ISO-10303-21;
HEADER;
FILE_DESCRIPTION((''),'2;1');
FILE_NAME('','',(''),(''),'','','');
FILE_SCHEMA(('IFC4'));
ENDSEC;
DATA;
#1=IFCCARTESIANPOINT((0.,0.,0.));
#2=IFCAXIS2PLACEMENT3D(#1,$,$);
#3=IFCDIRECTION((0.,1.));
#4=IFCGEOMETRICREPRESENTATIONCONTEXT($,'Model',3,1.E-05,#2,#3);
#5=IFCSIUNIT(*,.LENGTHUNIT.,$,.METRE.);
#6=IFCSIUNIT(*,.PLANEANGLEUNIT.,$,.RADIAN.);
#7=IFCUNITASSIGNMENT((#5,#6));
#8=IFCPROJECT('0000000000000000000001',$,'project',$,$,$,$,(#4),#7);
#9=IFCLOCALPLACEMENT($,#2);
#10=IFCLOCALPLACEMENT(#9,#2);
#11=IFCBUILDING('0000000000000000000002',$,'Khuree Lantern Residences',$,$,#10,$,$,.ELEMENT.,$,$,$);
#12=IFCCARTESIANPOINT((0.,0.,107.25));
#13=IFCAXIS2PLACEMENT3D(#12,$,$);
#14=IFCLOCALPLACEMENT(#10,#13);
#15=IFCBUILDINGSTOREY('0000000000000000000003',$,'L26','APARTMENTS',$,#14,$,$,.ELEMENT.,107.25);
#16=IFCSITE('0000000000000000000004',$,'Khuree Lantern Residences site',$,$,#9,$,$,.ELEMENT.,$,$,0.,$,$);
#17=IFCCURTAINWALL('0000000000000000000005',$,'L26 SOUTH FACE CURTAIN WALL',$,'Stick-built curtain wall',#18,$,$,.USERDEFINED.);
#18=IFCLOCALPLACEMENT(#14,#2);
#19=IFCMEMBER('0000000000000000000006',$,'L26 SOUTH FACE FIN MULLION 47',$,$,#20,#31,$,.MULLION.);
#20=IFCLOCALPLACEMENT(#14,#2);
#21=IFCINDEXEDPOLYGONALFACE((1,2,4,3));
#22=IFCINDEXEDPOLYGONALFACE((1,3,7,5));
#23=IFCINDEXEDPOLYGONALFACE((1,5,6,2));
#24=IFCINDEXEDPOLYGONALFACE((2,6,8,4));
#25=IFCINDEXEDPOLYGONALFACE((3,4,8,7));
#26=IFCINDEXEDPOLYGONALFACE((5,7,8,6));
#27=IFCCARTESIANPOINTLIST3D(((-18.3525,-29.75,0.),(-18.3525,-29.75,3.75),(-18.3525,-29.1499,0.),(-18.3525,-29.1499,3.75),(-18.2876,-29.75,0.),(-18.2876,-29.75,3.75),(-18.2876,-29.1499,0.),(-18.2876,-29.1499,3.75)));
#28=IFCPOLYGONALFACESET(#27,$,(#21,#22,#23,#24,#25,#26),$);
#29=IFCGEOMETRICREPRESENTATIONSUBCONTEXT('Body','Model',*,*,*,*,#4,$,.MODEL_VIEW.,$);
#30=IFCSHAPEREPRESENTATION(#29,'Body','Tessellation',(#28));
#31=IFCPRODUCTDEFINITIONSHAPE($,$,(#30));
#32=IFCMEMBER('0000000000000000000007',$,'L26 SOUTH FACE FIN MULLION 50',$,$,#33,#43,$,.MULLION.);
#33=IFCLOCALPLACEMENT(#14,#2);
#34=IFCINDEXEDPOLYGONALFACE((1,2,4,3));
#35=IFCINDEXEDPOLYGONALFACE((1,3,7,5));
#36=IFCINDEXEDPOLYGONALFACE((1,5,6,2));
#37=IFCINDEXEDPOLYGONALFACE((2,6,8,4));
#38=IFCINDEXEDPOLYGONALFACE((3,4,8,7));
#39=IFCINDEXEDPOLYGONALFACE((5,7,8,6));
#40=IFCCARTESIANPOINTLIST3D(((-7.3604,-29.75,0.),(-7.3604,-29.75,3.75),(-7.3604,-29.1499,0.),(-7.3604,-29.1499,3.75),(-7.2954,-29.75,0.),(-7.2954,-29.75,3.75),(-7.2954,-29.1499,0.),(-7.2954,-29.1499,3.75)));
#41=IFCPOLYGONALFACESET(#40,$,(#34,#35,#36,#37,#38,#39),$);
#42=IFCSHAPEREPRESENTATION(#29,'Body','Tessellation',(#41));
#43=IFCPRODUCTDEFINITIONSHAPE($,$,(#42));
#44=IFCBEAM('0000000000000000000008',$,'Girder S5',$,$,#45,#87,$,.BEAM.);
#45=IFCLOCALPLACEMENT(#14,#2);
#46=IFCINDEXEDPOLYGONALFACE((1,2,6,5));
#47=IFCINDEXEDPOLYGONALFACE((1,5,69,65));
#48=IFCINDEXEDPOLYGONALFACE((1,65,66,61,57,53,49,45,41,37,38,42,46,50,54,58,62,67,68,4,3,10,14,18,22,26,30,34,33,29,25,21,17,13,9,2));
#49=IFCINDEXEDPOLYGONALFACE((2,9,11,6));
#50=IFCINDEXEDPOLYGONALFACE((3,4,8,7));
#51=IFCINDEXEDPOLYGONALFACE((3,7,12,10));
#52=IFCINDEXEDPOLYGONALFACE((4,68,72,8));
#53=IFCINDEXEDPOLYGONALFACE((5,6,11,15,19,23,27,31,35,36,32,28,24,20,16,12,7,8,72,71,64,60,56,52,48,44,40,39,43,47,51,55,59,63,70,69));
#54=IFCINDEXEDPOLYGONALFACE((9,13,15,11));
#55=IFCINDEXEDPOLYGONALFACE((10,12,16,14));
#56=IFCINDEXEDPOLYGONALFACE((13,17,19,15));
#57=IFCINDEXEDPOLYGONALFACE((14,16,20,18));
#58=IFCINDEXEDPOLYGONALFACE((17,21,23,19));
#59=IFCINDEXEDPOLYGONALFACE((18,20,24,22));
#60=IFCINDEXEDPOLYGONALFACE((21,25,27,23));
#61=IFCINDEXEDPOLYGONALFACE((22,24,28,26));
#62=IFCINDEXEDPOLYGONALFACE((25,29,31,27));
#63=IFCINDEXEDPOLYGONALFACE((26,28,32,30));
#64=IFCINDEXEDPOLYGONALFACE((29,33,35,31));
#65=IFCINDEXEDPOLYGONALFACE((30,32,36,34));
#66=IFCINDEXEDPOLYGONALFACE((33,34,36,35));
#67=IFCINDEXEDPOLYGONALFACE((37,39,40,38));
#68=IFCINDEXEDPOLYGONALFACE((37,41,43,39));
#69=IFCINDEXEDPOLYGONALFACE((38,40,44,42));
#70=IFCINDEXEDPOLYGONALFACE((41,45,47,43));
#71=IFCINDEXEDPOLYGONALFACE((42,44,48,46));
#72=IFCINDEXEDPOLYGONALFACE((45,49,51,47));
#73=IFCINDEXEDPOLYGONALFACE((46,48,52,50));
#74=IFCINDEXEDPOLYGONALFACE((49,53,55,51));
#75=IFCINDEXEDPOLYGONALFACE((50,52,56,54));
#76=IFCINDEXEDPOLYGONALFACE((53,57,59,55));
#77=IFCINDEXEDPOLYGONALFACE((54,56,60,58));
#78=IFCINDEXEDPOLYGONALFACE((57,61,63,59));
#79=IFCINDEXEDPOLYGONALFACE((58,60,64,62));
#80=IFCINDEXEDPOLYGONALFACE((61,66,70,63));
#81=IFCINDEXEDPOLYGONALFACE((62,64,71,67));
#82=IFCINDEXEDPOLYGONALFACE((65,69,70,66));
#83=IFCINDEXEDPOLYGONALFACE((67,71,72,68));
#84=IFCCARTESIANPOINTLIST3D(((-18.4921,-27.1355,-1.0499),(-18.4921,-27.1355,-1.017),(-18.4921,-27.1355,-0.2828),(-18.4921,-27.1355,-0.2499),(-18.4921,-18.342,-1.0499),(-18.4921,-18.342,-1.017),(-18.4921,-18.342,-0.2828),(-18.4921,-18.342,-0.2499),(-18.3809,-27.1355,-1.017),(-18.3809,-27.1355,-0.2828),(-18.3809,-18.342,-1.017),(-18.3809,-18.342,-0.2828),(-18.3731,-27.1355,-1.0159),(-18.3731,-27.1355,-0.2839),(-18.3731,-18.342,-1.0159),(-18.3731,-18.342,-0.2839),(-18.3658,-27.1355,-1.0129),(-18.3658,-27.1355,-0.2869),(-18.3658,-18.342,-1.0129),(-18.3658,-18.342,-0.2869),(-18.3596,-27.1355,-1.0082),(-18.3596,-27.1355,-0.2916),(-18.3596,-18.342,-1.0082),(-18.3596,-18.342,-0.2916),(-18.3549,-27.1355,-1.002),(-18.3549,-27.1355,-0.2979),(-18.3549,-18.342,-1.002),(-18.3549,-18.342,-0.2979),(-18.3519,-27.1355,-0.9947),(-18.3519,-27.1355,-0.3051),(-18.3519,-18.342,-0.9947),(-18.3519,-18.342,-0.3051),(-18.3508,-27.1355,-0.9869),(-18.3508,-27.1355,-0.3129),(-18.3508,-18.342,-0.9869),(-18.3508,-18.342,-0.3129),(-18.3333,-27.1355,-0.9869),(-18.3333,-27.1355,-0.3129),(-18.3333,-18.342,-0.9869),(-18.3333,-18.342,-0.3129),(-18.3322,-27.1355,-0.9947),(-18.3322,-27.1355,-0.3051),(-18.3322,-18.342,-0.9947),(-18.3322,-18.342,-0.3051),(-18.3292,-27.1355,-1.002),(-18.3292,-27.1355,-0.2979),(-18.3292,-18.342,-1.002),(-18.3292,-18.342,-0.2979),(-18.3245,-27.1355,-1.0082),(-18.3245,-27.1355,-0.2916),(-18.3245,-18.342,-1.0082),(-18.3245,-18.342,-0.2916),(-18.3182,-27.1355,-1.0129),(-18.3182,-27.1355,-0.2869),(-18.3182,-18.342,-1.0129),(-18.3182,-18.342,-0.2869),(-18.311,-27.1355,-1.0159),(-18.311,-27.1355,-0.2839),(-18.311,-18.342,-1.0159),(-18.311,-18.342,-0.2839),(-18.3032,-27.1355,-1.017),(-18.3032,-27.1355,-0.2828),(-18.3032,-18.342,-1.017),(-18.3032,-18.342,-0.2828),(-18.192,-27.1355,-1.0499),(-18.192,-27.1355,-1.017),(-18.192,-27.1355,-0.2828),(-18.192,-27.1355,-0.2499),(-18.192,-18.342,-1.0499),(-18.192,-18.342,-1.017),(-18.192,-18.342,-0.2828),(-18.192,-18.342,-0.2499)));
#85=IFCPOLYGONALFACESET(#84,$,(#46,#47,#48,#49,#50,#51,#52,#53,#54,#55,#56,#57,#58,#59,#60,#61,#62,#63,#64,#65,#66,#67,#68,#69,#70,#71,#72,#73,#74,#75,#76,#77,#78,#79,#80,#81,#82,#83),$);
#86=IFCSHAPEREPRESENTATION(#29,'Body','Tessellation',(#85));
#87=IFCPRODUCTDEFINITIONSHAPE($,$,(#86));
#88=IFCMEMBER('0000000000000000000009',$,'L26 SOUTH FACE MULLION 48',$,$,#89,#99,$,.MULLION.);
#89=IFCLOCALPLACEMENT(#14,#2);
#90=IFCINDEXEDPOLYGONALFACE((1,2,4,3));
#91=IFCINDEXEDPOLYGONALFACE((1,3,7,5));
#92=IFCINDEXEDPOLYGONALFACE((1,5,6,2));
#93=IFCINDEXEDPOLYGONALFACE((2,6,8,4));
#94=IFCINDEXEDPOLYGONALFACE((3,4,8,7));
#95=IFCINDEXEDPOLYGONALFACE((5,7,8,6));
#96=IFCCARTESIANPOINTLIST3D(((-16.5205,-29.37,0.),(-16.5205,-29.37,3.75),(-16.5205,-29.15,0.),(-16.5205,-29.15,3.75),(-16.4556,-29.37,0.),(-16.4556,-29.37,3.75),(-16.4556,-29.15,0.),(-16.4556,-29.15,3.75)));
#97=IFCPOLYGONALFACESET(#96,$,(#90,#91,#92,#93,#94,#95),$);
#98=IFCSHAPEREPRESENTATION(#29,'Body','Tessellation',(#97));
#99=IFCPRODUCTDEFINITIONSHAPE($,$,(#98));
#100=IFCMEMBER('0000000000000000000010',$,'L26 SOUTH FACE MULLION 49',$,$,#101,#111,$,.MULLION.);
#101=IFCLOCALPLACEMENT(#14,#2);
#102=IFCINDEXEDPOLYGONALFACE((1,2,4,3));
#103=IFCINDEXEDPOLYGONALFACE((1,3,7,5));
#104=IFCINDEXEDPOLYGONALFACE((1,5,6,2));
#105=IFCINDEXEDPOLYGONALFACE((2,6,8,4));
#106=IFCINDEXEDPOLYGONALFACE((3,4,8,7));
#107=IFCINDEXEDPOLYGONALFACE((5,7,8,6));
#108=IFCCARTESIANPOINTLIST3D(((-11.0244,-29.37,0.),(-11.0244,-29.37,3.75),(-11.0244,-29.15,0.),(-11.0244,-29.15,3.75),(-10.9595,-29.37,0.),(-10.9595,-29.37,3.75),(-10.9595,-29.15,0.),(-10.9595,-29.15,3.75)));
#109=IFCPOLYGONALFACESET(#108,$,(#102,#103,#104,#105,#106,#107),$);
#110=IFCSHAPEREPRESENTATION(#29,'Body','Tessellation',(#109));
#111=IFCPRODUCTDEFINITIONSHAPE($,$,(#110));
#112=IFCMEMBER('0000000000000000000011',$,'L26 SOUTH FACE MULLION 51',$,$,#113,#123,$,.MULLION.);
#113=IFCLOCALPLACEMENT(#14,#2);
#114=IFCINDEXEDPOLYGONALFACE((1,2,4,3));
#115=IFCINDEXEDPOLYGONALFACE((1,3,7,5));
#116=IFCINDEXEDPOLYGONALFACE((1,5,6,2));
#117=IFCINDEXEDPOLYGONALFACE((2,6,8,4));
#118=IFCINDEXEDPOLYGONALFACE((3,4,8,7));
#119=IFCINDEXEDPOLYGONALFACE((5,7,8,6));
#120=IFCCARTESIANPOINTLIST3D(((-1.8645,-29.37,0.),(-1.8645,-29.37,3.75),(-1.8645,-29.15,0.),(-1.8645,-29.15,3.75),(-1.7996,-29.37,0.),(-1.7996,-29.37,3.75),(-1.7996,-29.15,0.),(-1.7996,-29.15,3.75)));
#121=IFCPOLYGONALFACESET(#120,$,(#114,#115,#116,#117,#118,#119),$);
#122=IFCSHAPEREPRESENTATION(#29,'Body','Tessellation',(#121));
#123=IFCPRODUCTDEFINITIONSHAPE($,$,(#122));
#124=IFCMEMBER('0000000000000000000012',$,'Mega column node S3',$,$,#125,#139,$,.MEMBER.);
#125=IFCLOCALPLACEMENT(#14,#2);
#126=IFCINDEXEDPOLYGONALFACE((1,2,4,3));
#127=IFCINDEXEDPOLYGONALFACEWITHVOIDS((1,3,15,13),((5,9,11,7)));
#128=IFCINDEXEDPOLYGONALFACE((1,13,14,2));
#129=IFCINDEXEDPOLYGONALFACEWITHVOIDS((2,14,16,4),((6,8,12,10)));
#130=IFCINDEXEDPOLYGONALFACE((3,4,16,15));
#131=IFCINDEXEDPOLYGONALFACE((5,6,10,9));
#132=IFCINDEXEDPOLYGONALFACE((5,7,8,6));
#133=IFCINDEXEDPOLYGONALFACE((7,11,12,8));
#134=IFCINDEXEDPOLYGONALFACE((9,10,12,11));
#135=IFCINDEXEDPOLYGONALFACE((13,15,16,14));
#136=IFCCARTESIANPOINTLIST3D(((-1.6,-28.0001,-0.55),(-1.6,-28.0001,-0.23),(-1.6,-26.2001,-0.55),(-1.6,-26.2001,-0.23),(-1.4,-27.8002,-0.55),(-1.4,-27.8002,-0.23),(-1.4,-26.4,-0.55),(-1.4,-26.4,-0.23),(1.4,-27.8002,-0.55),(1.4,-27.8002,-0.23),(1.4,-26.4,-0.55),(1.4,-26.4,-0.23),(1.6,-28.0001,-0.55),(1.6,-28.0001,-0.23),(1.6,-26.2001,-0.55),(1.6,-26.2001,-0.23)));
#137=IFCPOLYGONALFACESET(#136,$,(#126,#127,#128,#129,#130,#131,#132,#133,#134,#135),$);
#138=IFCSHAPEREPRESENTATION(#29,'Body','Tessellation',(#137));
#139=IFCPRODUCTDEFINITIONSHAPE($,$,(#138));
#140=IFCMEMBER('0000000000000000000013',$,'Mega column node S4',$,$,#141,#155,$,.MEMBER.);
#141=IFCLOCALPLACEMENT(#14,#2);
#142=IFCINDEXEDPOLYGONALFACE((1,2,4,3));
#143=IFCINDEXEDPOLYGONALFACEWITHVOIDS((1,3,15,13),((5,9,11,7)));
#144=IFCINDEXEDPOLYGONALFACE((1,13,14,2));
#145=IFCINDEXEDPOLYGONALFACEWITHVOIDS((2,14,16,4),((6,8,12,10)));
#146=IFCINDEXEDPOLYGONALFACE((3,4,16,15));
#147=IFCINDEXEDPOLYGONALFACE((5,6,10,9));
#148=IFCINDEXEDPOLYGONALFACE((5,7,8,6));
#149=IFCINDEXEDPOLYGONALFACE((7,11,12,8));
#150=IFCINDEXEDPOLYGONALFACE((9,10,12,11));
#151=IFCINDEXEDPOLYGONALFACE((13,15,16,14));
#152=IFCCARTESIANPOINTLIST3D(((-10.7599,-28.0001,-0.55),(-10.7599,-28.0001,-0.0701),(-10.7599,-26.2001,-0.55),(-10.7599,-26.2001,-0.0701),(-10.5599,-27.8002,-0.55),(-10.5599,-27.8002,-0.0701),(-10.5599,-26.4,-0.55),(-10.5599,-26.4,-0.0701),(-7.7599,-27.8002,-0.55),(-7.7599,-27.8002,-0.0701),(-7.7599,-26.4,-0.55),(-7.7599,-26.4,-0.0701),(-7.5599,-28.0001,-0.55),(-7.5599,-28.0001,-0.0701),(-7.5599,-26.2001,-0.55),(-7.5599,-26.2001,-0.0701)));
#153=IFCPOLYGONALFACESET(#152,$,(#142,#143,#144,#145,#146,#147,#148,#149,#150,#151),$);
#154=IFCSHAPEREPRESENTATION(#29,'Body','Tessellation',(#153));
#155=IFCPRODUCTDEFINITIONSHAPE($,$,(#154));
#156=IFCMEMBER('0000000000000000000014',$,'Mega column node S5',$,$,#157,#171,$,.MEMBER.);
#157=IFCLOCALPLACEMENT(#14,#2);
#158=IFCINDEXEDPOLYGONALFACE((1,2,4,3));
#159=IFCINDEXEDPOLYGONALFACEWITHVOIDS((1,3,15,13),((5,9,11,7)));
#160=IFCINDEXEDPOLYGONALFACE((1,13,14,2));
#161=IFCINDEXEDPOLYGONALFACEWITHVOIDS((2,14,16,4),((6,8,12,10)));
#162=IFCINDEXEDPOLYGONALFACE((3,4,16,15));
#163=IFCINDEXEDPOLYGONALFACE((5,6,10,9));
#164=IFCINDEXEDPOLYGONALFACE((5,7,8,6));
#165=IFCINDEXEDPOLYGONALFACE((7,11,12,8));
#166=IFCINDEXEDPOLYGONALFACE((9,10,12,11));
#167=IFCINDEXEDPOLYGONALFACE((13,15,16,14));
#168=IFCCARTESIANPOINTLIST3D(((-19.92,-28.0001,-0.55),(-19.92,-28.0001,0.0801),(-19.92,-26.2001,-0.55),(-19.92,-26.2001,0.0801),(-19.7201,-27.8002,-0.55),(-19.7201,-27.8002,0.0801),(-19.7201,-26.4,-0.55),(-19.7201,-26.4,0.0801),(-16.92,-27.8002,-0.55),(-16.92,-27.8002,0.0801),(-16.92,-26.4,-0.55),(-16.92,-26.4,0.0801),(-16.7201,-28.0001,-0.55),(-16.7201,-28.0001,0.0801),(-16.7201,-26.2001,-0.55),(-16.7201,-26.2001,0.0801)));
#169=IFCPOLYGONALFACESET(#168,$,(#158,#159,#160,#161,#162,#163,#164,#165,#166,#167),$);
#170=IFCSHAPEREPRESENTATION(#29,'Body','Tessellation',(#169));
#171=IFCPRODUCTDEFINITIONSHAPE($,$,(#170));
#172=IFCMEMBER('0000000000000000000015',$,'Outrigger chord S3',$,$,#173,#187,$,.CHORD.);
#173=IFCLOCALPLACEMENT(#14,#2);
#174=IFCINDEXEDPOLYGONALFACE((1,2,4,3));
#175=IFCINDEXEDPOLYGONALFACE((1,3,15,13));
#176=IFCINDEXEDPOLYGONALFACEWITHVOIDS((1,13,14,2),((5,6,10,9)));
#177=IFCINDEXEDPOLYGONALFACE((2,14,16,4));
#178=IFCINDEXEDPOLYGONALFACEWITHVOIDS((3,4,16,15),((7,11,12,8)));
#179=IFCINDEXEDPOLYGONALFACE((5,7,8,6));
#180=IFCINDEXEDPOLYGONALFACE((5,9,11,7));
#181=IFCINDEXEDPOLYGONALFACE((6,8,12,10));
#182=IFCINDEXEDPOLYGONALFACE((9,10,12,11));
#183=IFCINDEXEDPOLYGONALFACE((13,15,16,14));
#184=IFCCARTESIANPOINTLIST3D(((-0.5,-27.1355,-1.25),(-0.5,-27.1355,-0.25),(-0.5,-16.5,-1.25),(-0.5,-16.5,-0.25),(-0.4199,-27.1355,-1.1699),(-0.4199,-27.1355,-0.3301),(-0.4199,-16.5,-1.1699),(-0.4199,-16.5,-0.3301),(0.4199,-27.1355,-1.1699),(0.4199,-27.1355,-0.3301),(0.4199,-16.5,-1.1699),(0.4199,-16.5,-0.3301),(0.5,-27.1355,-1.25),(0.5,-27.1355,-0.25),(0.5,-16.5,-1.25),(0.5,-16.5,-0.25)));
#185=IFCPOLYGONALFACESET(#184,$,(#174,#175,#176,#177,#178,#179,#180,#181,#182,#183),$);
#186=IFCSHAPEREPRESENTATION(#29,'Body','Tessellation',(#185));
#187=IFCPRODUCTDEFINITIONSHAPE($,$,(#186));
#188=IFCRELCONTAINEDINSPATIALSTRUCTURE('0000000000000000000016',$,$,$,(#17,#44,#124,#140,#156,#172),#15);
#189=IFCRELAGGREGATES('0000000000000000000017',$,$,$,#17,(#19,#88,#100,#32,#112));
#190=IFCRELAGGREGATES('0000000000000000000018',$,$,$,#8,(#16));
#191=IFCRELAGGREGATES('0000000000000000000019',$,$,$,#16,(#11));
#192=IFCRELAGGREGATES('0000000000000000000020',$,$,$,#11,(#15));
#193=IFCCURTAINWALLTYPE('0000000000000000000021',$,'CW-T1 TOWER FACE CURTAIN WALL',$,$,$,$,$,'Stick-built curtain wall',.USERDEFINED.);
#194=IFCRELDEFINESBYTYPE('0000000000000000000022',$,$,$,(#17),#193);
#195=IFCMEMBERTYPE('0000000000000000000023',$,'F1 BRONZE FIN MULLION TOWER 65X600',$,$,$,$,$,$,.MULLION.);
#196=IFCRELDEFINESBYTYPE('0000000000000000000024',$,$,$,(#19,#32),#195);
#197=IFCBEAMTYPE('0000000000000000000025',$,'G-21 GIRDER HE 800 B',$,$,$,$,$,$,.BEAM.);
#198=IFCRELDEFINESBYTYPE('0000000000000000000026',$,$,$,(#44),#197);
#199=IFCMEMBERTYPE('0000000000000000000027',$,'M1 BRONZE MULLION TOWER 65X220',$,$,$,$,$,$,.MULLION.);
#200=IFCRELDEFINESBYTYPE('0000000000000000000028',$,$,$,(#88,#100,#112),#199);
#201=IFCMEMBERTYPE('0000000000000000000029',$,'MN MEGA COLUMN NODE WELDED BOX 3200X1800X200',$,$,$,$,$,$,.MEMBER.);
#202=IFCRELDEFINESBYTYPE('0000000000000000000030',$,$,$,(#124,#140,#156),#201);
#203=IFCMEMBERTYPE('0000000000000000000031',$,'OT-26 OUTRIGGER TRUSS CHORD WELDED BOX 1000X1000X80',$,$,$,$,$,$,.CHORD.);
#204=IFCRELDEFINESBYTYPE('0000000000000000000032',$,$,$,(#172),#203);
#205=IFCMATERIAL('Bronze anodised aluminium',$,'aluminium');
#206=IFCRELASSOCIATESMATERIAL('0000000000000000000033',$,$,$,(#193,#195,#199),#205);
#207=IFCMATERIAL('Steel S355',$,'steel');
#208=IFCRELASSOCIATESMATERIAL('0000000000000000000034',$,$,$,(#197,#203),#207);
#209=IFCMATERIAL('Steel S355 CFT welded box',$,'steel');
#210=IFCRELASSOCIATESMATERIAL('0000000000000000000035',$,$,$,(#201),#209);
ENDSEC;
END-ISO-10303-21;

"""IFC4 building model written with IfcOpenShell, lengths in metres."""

from ifc_helpers import new_model, si_unit, direction, frame, origin, origin_2d, place, context, subcontext, project, spatial, rectangle, hollow_rectangle, i_section, extrude, material, material_profile, profile_set, type_object, element, aggregate, save


model = new_model("IFC4")

# Units and contexts
model_context = context("Model", 3, precision=1e-05, world=origin(), true_north=direction((0.0, 1.0)))
body_context = subcontext(model_context, "Body", "Model", "MODEL_VIEW")
ifc_project = project(units=[si_unit("LENGTHUNIT", "METRE"), si_unit("PLANEANGLEUNIT", "RADIAN")], contexts=[model_context])

# Site, building, storey
site_placement = place(None, origin())
site = spatial("IfcSite", under=ifc_project, at=site_placement, Name="Khuree Lantern Residences site", CompositionType="ELEMENT", RefElevation=0.0)
building_placement = place(site_placement, origin())
building = spatial("IfcBuilding", under=site, at=building_placement, Name="Khuree Lantern Residences", CompositionType="ELEMENT")
storey_placement = place(building_placement, frame((0.0, 0.0, 107.25)))
storey = spatial("IfcBuildingStorey", under=building, at=storey_placement, Name="L26", Description="APARTMENTS", CompositionType="ELEMENT", Elevation=107.25)

# Shared definitions
ifc_material_1 = material(Name="Steel S355 CFT welded box", Category="steel")

# Shared definitions
ifc_material_2 = material(Name="Steel S355", Category="steel")

# Curtain wall, members
ifc_material_3 = material(Name="Bronze anodised aluminium", Category="aluminium")
curtain_wall_type = type_object("IfcCurtainWallType", Name="CW-T1 TOWER FACE CURTAIN WALL", ElementType="Stick-built curtain wall", PredefinedType="USERDEFINED", material=ifc_material_3)
curtain_wall_placement = place(storey_placement, origin())
curtain_wall = element("IfcCurtainWall", 1, at=curtain_wall_placement, inside=storey, type_object=curtain_wall_type, Name="L26 SOUTH FACE CURTAIN WALL", ObjectType="Stick-built curtain wall", PredefinedType="USERDEFINED")
ifc_material_profile_1 = material_profile(ifc_material_3, rectangle(XDim=0.0649, YDim=0.6001, at=origin_2d()), Name="F1 65X600")
ifc_profile_set_1 = profile_set([ifc_material_profile_1], Name="Bronze anodised aluminium")
member_type_1 = type_object("IfcMemberType", Name="F1 BRONZE FIN MULLION TOWER 65X600", PredefinedType="MULLION", material=ifc_profile_set_1)
member_1_placement = place(storey_placement, frame((-18.3201, -29.45, 0.0), z_axis=(0.0, 0.0, 1.0), x_axis=(1.0, 0.0, 0.0)))
member_1 = element("IfcMember", 2, at=member_1_placement, type_object=member_type_1, Name="L26 SOUTH FACE FIN MULLION 47", PredefinedType="MULLION", context=body_context, shape_type="SweptSolid", body=[
    extrude(rectangle(XDim=0.0649, YDim=0.6001, at=origin_2d()), origin(), (0.0, 0.0, 1.0), 3.75),
])
member_2_placement = place(storey_placement, frame((-7.3279, -29.45, 0.0), z_axis=(0.0, 0.0, 1.0), x_axis=(1.0, 0.0, 0.0)))
member_2 = element("IfcMember", 3, at=member_2_placement, type_object=member_type_1, Name="L26 SOUTH FACE FIN MULLION 50", PredefinedType="MULLION", context=body_context, shape_type="SweptSolid", body=[
    extrude(rectangle(XDim=0.0649, YDim=0.6001, at=origin_2d()), origin(), (0.0, 0.0, 1.0), 3.75),
])

# Beam
ifc_material_profile_2 = material_profile(ifc_material_2, i_section(OverallWidth=0.3, OverallDepth=0.8, WebThickness=0.0176, FlangeThickness=0.033, FilletRadius=0.03, at=origin_2d()), Name="HE 800 B")
ifc_profile_set_2 = profile_set([ifc_material_profile_2], Name="Steel S355")
beam_type_1 = type_object("IfcBeamType", Name="G-21 GIRDER HE 800 B", PredefinedType="BEAM", material=ifc_profile_set_2)
beam_1_placement = place(storey_placement, frame((-18.342, -27.1355, -0.6499), z_axis=(0.0, 1.0, 0.0), x_axis=(-1.0, 0.0, 0.0)))
element("IfcBeam", 4, at=beam_1_placement, inside=storey, type_object=beam_type_1, Name="Girder S5", PredefinedType="BEAM", context=body_context, shape_type="SweptSolid", body=[
    extrude(i_section(OverallWidth=0.3, OverallDepth=0.8, WebThickness=0.0176, FlangeThickness=0.033, FilletRadius=0.03, at=origin_2d()), origin(), (0.0, 0.0, 1.0), 8.7935),
])

# Members
ifc_material_profile_3 = material_profile(ifc_material_3, rectangle(XDim=0.0649, YDim=0.22, at=origin_2d()), Name="M1 65X220")
ifc_profile_set_3 = profile_set([ifc_material_profile_3], Name="Bronze anodised aluminium")
member_type_2 = type_object("IfcMemberType", Name="M1 BRONZE MULLION TOWER 65X220", PredefinedType="MULLION", material=ifc_profile_set_3)
member_3_placement = place(storey_placement, frame((-16.488, -29.26, 0.0), z_axis=(0.0, 0.0, 1.0), x_axis=(1.0, 0.0, 0.0)))
member_3 = element("IfcMember", 5, at=member_3_placement, type_object=member_type_2, Name="L26 SOUTH FACE MULLION 48", PredefinedType="MULLION", context=body_context, shape_type="SweptSolid", body=[
    extrude(rectangle(XDim=0.0649, YDim=0.22, at=origin_2d()), origin(), (0.0, 0.0, 1.0), 3.75),
])
member_4_placement = place(storey_placement, frame((-10.9919, -29.26, 0.0), z_axis=(0.0, 0.0, 1.0), x_axis=(1.0, 0.0, 0.0)))
member_4 = element("IfcMember", 6, at=member_4_placement, type_object=member_type_2, Name="L26 SOUTH FACE MULLION 49", PredefinedType="MULLION", context=body_context, shape_type="SweptSolid", body=[
    extrude(rectangle(XDim=0.0649, YDim=0.22, at=origin_2d()), origin(), (0.0, 0.0, 1.0), 3.75),
])
member_5_placement = place(storey_placement, frame((-1.832, -29.26, 0.0), z_axis=(0.0, 0.0, 1.0), x_axis=(1.0, 0.0, 0.0)))
member_5 = element("IfcMember", 7, at=member_5_placement, type_object=member_type_2, Name="L26 SOUTH FACE MULLION 51", PredefinedType="MULLION", context=body_context, shape_type="SweptSolid", body=[
    extrude(rectangle(XDim=0.0649, YDim=0.22, at=origin_2d()), origin(), (0.0, 0.0, 1.0), 3.75),
])

# Members
ifc_material_profile_4 = material_profile(ifc_material_1, hollow_rectangle(XDim=3.2, YDim=1.8, WallThickness=0.2, at=origin_2d()), Name="WELDED BOX 3200X1800X200")
ifc_profile_set_4 = profile_set([ifc_material_profile_4], Name="Steel S355 CFT welded box")
member_type_3 = type_object("IfcMemberType", Name="MN MEGA COLUMN NODE WELDED BOX 3200X1800X200", PredefinedType="MEMBER", material=ifc_profile_set_4)
member_6_placement = place(storey_placement, frame((0.0, -27.1001, -0.55), z_axis=(0.0, 0.0, 1.0), x_axis=(1.0, 0.0, 0.0)))
element("IfcMember", 8, at=member_6_placement, inside=storey, type_object=member_type_3, Name="Mega column node S3", PredefinedType="MEMBER", context=body_context, shape_type="SweptSolid", body=[
    extrude(hollow_rectangle(XDim=3.2, YDim=1.8, WallThickness=0.2, at=origin_2d()), origin(), (0.0, 0.0, 1.0), 0.3201),
])
member_7_placement = place(storey_placement, frame((-9.1599, -27.1001, -0.55), z_axis=(0.0, 0.0, 1.0), x_axis=(1.0, 0.0, 0.0)))
element("IfcMember", 9, at=member_7_placement, inside=storey, type_object=member_type_3, Name="Mega column node S4", PredefinedType="MEMBER", context=body_context, shape_type="SweptSolid", body=[
    extrude(hollow_rectangle(XDim=3.2, YDim=1.8, WallThickness=0.2, at=origin_2d()), origin(), (0.0, 0.0, 1.0), 0.48),
])
member_8_placement = place(storey_placement, frame((-18.3201, -27.1001, -0.55), z_axis=(0.0, 0.0, 1.0), x_axis=(1.0, 0.0, 0.0)))
element("IfcMember", 10, at=member_8_placement, inside=storey, type_object=member_type_3, Name="Mega column node S5", PredefinedType="MEMBER", context=body_context, shape_type="SweptSolid", body=[
    extrude(hollow_rectangle(XDim=3.2, YDim=1.8, WallThickness=0.2, at=origin_2d()), origin(), (0.0, 0.0, 1.0), 0.6301),
])
ifc_material_profile_5 = material_profile(ifc_material_2, hollow_rectangle(XDim=1.0, YDim=1.0, WallThickness=0.0801, at=origin_2d()), Name="WELDED BOX 1000X1000X80")
ifc_profile_set_5 = profile_set([ifc_material_profile_5], Name="Steel S355")
member_type_4 = type_object("IfcMemberType", Name="OT-26 OUTRIGGER TRUSS CHORD WELDED BOX 1000X1000X80", PredefinedType="CHORD", material=ifc_profile_set_5)
for number, where, z_axis, x_axis, name in (
    (11, (0.0, -27.1355, -0.75), (0.0, 1.0, 0.0), (-1.0, 0.0, 0.0), "Outrigger chord S3"),
):
    element("IfcMember", number, at=place(storey_placement, frame(where, z_axis=z_axis, x_axis=x_axis)), inside=storey, type_object=member_type_4, Name=name, PredefinedType="CHORD", context=body_context, shape_type="SweptSolid", body=[
        extrude(hollow_rectangle(XDim=1.0, YDim=1.0, WallThickness=0.0801, at=origin_2d()), origin(), (0.0, 0.0, 1.0), 10.6355),
    ])

aggregate(curtain_wall, [member_1, member_3, member_4, member_2, member_5])

save(model, "model.ifc")
